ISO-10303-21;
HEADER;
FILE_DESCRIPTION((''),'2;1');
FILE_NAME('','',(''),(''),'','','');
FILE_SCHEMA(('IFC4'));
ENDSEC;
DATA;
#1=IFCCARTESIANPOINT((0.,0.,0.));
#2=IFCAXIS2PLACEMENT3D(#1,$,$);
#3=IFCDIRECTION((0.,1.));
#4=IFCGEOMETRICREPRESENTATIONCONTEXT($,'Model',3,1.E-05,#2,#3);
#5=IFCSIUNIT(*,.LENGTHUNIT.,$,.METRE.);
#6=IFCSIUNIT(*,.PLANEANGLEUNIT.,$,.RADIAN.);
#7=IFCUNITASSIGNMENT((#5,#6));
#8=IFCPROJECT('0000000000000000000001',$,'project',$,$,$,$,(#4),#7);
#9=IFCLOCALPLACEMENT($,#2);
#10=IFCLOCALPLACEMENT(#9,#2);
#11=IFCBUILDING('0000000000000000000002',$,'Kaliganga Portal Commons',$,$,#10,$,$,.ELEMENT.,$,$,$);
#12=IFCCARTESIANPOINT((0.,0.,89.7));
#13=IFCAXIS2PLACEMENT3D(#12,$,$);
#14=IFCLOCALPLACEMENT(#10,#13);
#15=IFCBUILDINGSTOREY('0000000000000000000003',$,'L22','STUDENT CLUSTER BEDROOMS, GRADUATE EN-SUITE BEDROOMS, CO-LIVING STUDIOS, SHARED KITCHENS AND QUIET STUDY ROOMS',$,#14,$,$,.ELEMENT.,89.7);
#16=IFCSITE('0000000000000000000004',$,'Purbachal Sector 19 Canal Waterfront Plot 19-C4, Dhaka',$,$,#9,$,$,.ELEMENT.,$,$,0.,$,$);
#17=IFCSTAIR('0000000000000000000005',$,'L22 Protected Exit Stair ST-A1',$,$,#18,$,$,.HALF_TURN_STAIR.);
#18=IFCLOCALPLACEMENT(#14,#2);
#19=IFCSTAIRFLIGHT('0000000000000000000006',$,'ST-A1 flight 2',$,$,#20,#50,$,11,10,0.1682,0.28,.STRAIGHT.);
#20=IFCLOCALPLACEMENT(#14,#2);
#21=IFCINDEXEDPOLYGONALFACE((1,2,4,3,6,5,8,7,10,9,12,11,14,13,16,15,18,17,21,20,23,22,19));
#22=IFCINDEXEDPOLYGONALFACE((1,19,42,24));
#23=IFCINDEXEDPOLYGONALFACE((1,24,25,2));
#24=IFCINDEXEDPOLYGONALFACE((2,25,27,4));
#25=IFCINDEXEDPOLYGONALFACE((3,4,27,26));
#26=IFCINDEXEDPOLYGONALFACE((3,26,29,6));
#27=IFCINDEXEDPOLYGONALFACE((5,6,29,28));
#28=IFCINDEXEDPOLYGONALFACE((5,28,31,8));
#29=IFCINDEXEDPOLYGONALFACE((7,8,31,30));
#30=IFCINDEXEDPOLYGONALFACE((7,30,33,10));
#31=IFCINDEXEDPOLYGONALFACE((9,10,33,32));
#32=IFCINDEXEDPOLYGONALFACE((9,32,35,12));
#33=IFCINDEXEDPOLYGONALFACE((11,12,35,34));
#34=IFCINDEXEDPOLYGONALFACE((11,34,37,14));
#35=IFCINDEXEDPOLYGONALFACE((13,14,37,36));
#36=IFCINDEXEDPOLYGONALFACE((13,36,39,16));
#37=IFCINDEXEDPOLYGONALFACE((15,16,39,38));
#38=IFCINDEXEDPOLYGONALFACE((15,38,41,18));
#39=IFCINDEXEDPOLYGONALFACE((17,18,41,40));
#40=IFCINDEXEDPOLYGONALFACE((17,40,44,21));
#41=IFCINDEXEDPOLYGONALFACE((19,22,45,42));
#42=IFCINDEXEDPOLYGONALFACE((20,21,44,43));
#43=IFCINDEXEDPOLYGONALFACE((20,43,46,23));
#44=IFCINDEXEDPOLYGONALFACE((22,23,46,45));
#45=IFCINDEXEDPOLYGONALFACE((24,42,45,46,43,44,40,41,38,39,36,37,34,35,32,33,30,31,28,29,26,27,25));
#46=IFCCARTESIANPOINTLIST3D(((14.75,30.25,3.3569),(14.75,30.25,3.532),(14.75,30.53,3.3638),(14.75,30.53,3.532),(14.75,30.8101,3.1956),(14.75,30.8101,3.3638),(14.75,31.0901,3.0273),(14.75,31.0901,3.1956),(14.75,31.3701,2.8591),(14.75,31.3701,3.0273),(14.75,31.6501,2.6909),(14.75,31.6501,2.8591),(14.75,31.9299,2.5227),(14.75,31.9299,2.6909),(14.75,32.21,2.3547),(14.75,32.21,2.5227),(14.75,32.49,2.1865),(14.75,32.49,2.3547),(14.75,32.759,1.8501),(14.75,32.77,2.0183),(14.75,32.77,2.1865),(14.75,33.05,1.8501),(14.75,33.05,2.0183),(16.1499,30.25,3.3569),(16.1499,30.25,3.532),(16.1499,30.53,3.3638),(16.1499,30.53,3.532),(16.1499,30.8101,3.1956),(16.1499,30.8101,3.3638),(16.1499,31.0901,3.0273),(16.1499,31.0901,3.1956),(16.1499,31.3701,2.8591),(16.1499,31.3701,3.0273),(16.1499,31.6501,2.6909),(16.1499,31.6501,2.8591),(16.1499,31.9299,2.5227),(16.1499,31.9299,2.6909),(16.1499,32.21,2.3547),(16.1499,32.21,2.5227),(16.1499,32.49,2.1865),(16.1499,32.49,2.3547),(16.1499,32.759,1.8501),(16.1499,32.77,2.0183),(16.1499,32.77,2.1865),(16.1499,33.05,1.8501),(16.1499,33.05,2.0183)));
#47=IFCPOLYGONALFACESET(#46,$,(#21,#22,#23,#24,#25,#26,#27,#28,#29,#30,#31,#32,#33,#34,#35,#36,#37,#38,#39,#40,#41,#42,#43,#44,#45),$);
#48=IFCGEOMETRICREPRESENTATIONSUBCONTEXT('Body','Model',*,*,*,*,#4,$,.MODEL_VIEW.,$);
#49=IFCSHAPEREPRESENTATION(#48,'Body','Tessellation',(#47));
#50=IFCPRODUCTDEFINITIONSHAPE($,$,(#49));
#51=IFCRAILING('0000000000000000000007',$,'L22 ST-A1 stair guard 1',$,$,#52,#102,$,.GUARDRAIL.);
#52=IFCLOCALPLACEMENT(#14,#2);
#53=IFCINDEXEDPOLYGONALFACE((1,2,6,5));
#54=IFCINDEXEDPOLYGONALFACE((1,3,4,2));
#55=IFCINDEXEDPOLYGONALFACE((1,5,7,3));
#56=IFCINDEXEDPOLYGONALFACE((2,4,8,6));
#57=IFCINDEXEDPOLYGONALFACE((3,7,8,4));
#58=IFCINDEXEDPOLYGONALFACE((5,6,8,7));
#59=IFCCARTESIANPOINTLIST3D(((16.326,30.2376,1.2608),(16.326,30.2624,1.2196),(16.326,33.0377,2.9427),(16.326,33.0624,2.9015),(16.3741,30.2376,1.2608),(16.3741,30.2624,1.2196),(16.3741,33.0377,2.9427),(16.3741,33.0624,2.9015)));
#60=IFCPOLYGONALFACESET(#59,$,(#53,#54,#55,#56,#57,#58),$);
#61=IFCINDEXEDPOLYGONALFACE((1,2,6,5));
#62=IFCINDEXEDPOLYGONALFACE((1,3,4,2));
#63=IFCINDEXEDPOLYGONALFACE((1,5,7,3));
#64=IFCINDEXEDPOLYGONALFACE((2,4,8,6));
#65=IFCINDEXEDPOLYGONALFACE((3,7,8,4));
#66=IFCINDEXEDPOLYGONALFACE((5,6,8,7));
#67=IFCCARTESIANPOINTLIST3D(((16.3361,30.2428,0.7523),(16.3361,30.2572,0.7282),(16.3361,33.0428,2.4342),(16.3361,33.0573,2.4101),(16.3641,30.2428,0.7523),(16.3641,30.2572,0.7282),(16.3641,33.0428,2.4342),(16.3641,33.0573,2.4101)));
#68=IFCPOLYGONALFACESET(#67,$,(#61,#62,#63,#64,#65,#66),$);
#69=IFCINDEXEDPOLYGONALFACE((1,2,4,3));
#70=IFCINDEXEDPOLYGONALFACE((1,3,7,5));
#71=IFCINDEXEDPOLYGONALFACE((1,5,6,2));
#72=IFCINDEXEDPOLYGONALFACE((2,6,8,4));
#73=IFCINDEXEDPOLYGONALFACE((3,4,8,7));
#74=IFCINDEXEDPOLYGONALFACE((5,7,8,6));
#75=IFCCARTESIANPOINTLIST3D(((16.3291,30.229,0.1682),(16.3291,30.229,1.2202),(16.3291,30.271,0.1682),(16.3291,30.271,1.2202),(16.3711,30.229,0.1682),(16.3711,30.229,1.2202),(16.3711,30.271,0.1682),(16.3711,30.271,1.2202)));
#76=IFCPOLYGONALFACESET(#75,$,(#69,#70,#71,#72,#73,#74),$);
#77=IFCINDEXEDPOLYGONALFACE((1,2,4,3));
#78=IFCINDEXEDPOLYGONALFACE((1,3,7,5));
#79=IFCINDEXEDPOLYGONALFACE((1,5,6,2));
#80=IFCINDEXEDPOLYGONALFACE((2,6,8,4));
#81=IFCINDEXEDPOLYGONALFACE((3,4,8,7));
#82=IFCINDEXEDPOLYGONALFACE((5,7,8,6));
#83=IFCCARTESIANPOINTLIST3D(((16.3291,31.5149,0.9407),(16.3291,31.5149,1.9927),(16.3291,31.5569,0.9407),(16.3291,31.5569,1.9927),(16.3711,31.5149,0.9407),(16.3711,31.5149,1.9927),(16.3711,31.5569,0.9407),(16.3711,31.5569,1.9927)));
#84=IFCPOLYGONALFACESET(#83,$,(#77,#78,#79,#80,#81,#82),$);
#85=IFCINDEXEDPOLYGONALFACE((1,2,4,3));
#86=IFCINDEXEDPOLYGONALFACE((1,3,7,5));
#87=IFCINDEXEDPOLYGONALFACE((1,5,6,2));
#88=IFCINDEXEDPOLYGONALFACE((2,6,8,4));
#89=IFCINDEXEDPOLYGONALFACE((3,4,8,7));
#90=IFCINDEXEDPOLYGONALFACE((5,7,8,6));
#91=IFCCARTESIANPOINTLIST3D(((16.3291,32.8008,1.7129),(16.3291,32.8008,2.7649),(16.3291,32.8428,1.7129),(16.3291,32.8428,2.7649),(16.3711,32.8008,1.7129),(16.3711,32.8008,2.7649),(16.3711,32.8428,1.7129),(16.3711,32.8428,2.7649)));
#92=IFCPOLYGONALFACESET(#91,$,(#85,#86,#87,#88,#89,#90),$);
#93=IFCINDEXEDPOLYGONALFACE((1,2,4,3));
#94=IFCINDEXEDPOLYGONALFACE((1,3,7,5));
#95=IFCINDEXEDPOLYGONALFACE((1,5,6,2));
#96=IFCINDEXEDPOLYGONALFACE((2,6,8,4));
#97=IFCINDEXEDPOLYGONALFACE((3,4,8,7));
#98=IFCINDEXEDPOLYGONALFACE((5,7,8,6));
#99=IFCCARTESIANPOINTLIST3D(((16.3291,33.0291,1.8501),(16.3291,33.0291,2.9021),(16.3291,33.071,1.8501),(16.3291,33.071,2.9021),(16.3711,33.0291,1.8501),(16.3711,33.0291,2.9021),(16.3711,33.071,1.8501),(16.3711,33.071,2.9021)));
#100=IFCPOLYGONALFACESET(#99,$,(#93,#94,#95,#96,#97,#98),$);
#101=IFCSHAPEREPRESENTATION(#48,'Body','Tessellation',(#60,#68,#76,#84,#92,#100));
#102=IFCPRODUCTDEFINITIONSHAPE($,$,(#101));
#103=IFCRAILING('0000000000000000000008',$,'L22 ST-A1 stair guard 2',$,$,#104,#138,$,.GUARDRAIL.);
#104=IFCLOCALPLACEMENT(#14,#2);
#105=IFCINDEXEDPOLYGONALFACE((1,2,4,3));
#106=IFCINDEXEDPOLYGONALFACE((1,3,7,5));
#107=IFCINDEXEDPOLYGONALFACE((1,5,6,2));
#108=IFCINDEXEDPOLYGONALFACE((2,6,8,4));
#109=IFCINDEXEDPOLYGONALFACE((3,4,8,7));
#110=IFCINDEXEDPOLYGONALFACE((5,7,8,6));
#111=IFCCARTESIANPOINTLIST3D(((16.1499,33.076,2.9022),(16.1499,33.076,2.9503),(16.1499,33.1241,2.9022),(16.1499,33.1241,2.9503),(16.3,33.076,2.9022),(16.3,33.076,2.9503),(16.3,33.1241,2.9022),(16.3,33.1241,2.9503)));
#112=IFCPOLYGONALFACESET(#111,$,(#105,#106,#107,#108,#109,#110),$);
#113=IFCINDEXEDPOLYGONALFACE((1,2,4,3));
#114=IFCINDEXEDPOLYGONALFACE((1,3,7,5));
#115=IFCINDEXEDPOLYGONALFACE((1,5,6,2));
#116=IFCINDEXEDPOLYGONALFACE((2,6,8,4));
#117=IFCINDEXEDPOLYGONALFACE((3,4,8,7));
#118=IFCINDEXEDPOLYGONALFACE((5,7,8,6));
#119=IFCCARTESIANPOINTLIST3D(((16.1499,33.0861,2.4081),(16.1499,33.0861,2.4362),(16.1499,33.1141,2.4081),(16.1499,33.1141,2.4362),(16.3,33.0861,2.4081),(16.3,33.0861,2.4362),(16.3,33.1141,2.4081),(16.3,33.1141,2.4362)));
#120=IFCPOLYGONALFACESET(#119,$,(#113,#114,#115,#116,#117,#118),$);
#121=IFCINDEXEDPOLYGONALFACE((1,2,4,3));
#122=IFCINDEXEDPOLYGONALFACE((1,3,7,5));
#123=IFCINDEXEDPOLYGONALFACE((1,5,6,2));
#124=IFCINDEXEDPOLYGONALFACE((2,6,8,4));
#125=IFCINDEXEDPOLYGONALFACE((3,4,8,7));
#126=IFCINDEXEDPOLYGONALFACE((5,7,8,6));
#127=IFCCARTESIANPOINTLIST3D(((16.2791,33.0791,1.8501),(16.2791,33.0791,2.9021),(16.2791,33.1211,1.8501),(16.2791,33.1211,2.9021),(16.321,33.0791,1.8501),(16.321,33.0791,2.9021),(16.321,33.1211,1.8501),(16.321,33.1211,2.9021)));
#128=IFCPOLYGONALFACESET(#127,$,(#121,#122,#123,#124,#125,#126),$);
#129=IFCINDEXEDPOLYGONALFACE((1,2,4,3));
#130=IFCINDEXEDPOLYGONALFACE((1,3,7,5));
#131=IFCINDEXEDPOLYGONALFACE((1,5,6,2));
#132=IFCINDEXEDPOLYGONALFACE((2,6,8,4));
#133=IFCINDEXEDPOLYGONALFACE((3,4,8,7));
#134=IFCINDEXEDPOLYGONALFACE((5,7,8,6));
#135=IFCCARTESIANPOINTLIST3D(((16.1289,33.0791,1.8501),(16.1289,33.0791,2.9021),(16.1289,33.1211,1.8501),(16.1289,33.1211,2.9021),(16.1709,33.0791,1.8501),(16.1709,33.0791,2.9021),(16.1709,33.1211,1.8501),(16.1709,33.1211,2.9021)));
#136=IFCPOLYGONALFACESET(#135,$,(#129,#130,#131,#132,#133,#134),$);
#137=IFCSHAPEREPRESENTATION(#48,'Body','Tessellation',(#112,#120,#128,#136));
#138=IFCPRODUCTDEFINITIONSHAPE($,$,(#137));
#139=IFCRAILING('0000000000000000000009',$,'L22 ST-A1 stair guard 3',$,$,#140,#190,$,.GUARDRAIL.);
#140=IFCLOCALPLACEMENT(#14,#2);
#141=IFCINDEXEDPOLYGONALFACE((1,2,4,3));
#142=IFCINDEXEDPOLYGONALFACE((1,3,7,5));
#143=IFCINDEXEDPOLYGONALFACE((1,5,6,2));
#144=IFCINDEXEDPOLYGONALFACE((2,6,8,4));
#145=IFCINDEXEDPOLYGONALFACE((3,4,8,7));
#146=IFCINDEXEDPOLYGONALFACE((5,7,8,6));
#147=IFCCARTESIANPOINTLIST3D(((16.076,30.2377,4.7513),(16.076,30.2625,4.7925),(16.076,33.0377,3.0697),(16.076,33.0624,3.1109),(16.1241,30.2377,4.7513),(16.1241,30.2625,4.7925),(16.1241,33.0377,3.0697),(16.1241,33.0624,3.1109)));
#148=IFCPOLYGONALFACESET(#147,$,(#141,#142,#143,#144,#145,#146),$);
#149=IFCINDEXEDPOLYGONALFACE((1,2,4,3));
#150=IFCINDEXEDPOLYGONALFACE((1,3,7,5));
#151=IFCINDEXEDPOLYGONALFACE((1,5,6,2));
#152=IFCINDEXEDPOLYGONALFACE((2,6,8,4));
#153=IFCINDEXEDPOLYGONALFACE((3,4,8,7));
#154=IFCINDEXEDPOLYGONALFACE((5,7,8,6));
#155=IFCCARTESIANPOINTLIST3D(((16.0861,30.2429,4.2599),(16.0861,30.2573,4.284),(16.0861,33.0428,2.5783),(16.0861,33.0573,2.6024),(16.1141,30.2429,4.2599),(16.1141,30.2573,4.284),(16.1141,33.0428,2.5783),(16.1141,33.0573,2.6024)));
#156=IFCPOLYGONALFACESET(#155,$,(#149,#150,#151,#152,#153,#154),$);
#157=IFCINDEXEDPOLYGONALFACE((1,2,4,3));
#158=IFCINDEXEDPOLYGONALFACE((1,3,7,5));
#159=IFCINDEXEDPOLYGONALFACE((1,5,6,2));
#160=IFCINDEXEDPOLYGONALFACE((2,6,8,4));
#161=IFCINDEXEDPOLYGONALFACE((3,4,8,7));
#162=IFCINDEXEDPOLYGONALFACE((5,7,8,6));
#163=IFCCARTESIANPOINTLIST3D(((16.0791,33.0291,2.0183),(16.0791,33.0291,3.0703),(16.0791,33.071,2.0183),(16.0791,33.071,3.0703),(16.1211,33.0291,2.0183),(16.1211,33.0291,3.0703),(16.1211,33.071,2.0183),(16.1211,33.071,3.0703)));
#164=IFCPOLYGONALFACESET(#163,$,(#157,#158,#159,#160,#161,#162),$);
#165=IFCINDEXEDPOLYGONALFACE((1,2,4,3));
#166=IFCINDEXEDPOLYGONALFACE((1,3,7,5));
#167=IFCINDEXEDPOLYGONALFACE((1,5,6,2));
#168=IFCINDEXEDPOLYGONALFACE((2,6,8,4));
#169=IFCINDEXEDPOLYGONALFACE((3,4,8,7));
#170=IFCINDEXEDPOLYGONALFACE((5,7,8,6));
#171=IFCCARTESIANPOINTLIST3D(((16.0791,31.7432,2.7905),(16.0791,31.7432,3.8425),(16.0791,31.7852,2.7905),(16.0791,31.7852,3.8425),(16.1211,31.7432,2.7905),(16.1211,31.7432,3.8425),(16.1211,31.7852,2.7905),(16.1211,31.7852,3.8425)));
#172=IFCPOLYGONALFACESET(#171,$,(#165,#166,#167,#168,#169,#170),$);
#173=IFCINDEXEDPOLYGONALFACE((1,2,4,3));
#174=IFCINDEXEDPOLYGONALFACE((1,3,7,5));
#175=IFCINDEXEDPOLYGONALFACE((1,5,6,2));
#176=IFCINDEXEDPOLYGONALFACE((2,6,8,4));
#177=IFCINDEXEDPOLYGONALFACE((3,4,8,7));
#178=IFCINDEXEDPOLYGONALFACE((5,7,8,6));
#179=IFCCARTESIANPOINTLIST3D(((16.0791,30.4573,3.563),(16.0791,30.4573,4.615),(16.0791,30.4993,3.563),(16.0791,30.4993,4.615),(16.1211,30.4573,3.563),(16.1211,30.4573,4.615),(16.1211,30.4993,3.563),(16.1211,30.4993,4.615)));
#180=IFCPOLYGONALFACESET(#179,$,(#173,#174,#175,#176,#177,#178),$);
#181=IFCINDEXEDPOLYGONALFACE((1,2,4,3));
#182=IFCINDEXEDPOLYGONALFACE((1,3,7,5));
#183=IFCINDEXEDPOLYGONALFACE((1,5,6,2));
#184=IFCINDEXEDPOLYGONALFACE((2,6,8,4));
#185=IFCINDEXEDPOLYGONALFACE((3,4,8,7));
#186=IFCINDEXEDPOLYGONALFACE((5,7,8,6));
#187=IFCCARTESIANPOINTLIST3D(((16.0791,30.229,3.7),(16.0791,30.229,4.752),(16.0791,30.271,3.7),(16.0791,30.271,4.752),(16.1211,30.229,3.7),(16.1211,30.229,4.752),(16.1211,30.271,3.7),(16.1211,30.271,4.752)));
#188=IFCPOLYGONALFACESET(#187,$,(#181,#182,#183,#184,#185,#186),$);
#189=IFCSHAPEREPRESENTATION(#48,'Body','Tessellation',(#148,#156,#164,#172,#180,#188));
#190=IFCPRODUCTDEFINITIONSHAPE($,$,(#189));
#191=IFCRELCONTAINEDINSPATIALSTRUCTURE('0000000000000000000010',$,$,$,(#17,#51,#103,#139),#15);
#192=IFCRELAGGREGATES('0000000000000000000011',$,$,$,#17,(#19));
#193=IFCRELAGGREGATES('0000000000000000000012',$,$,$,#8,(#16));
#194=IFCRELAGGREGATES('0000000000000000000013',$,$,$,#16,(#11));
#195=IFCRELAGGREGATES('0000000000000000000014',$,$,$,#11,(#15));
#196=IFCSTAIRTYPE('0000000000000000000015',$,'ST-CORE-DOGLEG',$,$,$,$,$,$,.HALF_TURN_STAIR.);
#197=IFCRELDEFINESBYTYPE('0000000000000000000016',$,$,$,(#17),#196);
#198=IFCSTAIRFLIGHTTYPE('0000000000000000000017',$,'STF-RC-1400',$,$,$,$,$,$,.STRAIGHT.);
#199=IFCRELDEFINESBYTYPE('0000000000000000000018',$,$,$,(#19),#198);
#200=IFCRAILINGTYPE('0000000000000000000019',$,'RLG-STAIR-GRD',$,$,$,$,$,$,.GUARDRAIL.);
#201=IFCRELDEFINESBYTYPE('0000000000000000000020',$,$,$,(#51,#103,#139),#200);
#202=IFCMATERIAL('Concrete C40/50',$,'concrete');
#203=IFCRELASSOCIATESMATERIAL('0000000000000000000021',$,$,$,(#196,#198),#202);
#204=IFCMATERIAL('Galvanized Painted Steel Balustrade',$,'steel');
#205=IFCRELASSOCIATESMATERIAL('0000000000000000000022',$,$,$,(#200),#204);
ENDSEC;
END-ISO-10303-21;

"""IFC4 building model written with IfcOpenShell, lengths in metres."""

from ifc_helpers import new_model, si_unit, direction, frame, origin, origin_2d, place, context, subcontext, project, spatial, polyline, rectangle, outline, extrude, material, type_object, element, aggregate, save


model = new_model("IFC4")

# Units and contexts
model_context = context("Model", 3, precision=1e-05, world=origin(), true_north=direction((0.0, 1.0)))
body_context = subcontext(model_context, "Body", "Model", "MODEL_VIEW")
ifc_project = project(units=[si_unit("LENGTHUNIT", "METRE"), si_unit("PLANEANGLEUNIT", "RADIAN")], contexts=[model_context])

# Site, building, storey
site_placement = place(None, origin())
site = spatial("IfcSite", under=ifc_project, at=site_placement, Name="Purbachal Sector 19 Canal Waterfront Plot 19-C4, Dhaka", CompositionType="ELEMENT", RefElevation=0.0)
building_placement = place(site_placement, origin())
building = spatial("IfcBuilding", under=site, at=building_placement, Name="Kaliganga Portal Commons", CompositionType="ELEMENT")
storey_placement = place(building_placement, frame((0.0, 0.0, 89.7)))
storey = spatial("IfcBuildingStorey", under=building, at=storey_placement, Name="L22", Description="STUDENT CLUSTER BEDROOMS, GRADUATE EN-SUITE BEDROOMS, CO-LIVING STUDIOS, SHARED KITCHENS AND QUIET STUDY ROOMS", CompositionType="ELEMENT", Elevation=89.7)

# Stair, stair flight
ifc_material_1 = material(Name="Concrete C40/50", Category="concrete")
stair_type = type_object("IfcStairType", Name="ST-CORE-DOGLEG", PredefinedType="HALF_TURN_STAIR", material=ifc_material_1)
stair_placement = place(storey_placement, origin())
stair = element("IfcStair", 1, at=stair_placement, inside=storey, type_object=stair_type, Name="L22 Protected Exit Stair ST-A1", PredefinedType="HALF_TURN_STAIR")
stair_flight_type = type_object("IfcStairFlightType", Name="STF-RC-1400", PredefinedType="STRAIGHT", material=ifc_material_1)
stair_flight_1_placement = place(storey_placement, frame((15.45, 33.05, 1.8501), z_axis=(0.0, 0.0, 1.0), x_axis=(0.0, -1.0, 0.0)))
stair_flight_1 = element("IfcStairFlight", 2, at=stair_flight_1_placement, type_object=stair_flight_type, Name="ST-A1 flight 2", NumberOfRisers=11, NumberOfTreads=10, PredefinedType="STRAIGHT", RiserHeight=0.1682, TreadLength=0.28, context=body_context, shape_type="SweptSolid", body=[
    extrude(outline(polyline([(0.0, 0.0), (0.0, 0.1682), (0.28, 0.1682), (0.28, 0.3364), (0.5601, 0.3364), (0.5601, 0.5046), (0.8401, 0.5046), (0.8401, 0.6726), (1.1201, 0.6726), (1.1201, 0.8408), (1.3999, 0.8408), (1.3999, 1.009), (1.6799, 1.009), (1.6799, 1.1772), (1.96, 1.1772), (1.96, 1.3455), (2.24, 1.3455), (2.24, 1.5137), (2.52, 1.5137), (2.52, 1.6819), (2.8, 1.6819), (2.8, 1.8501), (2.8, 1.5068), (0.291, 0.0), (0.0, 0.0)])), frame((0.0, 0.7, 0.0), z_axis=(0.0, -1.0, 0.0), x_axis=(1.0, 0.0, 0.0)), (0.0, 0.0, 1.0), 1.3999),
])
aggregate(stair, [stair_flight_1])

# Railings
ifc_material_2 = material(Name="Galvanized Painted Steel Balustrade", Category="steel")
railing_type_1 = type_object("IfcRailingType", Name="RLG-STAIR-GRD", PredefinedType="GUARDRAIL", material=ifc_material_2)
railing_1_placement = place(storey_placement, frame((16.3501, 30.25, 0.1682)))
element("IfcRailing", 3, at=railing_1_placement, inside=storey, type_object=railing_type_1, Name="L22 ST-A1 stair guard 1", PredefinedType="GUARDRAIL", context=body_context, shape_type="SweptSolid", body=[
    extrude(rectangle(XDim=0.0481, YDim=0.0481, at=origin_2d()), frame((0.0, 0.0, 1.072), z_axis=(0.0, 0.857242, 0.514913), x_axis=(-1.0, 0.0, 0.0)), (0.0, 0.0, 1.0), 3.2664),
    extrude(rectangle(XDim=0.0281, YDim=0.0281, at=origin_2d()), frame((0.0, 0.0, 0.572), z_axis=(0.0, 0.857242, 0.514913), x_axis=(-1.0, 0.0, 0.0)), (0.0, 0.0, 1.0), 3.2664),
    extrude(rectangle(XDim=0.042, YDim=0.042, at=origin_2d()), origin(), (0.0, 0.0, 1.0), 1.052),
    extrude(rectangle(XDim=0.042, YDim=0.042, at=origin_2d()), frame((0.0, 1.2859, 0.7725)), (0.0, 0.0, 1.0), 1.052),
    extrude(rectangle(XDim=0.042, YDim=0.042, at=origin_2d()), frame((0.0, 2.5718, 1.5447)), (0.0, 0.0, 1.0), 1.052),
    extrude(rectangle(XDim=0.042, YDim=0.042, at=origin_2d()), frame((0.0, 2.8, 1.6819)), (0.0, 0.0, 1.0), 1.052),
])
railing_2_placement = place(storey_placement, frame((16.3, 33.1001, 1.8501)))
element("IfcRailing", 4, at=railing_2_placement, inside=storey, type_object=railing_type_1, Name="L22 ST-A1 stair guard 2", PredefinedType="GUARDRAIL", context=body_context, shape_type="SweptSolid", body=[
    extrude(rectangle(XDim=0.0481, YDim=0.0481, at=origin_2d()), frame((0.0, 0.0, 1.0762), z_axis=(-1.0, 0.0, 0.0), x_axis=(0.0, -1.0, 0.0)), (0.0, 0.0, 1.0), 0.1501),
    extrude(rectangle(XDim=0.0281, YDim=0.0281, at=origin_2d()), frame((0.0, 0.0, 0.572), z_axis=(-1.0, 0.0, 0.0), x_axis=(0.0, -1.0, 0.0)), (0.0, 0.0, 1.0), 0.1501),
    extrude(rectangle(XDim=0.042, YDim=0.042, at=origin_2d()), origin(), (0.0, 0.0, 1.0), 1.052),
    extrude(rectangle(XDim=0.042, YDim=0.042, at=origin_2d()), frame((-0.1501, 0.0, 0.0)), (0.0, 0.0, 1.0), 1.052),
])
railing_3_placement = place(storey_placement, frame((16.1001, 33.05, 2.0183)))
element("IfcRailing", 5, at=railing_3_placement, inside=storey, type_object=railing_type_1, Name="L22 ST-A1 stair guard 3", PredefinedType="GUARDRAIL", context=body_context, shape_type="SweptSolid", body=[
    extrude(rectangle(XDim=0.0481, YDim=0.0481, at=origin_2d()), frame((0.0, 0.0, 1.072), z_axis=(0.0, -0.857275, 0.514858), x_axis=(1.0, 0.0, 0.0)), (0.0, 0.0, 1.0), 3.2661),
    extrude(rectangle(XDim=0.0281, YDim=0.0281, at=origin_2d()), frame((0.0, 0.0, 0.572), z_axis=(0.0, -0.857275, 0.514858), x_axis=(1.0, 0.0, 0.0)), (0.0, 0.0, 1.0), 3.2661),
    extrude(rectangle(XDim=0.042, YDim=0.042, at=origin_2d()), origin(), (0.0, 0.0, 1.0), 1.052),
    extrude(rectangle(XDim=0.042, YDim=0.042, at=origin_2d()), frame((0.0, -1.2859, 0.7722)), (0.0, 0.0, 1.0), 1.052),
    extrude(rectangle(XDim=0.042, YDim=0.042, at=origin_2d()), frame((0.0, -2.5718, 1.5447)), (0.0, 0.0, 1.0), 1.052),
    extrude(rectangle(XDim=0.042, YDim=0.042, at=origin_2d()), frame((0.0, -2.8, 1.6816)), (0.0, 0.0, 1.0), 1.052),
])

save(model, "model.ifc")
